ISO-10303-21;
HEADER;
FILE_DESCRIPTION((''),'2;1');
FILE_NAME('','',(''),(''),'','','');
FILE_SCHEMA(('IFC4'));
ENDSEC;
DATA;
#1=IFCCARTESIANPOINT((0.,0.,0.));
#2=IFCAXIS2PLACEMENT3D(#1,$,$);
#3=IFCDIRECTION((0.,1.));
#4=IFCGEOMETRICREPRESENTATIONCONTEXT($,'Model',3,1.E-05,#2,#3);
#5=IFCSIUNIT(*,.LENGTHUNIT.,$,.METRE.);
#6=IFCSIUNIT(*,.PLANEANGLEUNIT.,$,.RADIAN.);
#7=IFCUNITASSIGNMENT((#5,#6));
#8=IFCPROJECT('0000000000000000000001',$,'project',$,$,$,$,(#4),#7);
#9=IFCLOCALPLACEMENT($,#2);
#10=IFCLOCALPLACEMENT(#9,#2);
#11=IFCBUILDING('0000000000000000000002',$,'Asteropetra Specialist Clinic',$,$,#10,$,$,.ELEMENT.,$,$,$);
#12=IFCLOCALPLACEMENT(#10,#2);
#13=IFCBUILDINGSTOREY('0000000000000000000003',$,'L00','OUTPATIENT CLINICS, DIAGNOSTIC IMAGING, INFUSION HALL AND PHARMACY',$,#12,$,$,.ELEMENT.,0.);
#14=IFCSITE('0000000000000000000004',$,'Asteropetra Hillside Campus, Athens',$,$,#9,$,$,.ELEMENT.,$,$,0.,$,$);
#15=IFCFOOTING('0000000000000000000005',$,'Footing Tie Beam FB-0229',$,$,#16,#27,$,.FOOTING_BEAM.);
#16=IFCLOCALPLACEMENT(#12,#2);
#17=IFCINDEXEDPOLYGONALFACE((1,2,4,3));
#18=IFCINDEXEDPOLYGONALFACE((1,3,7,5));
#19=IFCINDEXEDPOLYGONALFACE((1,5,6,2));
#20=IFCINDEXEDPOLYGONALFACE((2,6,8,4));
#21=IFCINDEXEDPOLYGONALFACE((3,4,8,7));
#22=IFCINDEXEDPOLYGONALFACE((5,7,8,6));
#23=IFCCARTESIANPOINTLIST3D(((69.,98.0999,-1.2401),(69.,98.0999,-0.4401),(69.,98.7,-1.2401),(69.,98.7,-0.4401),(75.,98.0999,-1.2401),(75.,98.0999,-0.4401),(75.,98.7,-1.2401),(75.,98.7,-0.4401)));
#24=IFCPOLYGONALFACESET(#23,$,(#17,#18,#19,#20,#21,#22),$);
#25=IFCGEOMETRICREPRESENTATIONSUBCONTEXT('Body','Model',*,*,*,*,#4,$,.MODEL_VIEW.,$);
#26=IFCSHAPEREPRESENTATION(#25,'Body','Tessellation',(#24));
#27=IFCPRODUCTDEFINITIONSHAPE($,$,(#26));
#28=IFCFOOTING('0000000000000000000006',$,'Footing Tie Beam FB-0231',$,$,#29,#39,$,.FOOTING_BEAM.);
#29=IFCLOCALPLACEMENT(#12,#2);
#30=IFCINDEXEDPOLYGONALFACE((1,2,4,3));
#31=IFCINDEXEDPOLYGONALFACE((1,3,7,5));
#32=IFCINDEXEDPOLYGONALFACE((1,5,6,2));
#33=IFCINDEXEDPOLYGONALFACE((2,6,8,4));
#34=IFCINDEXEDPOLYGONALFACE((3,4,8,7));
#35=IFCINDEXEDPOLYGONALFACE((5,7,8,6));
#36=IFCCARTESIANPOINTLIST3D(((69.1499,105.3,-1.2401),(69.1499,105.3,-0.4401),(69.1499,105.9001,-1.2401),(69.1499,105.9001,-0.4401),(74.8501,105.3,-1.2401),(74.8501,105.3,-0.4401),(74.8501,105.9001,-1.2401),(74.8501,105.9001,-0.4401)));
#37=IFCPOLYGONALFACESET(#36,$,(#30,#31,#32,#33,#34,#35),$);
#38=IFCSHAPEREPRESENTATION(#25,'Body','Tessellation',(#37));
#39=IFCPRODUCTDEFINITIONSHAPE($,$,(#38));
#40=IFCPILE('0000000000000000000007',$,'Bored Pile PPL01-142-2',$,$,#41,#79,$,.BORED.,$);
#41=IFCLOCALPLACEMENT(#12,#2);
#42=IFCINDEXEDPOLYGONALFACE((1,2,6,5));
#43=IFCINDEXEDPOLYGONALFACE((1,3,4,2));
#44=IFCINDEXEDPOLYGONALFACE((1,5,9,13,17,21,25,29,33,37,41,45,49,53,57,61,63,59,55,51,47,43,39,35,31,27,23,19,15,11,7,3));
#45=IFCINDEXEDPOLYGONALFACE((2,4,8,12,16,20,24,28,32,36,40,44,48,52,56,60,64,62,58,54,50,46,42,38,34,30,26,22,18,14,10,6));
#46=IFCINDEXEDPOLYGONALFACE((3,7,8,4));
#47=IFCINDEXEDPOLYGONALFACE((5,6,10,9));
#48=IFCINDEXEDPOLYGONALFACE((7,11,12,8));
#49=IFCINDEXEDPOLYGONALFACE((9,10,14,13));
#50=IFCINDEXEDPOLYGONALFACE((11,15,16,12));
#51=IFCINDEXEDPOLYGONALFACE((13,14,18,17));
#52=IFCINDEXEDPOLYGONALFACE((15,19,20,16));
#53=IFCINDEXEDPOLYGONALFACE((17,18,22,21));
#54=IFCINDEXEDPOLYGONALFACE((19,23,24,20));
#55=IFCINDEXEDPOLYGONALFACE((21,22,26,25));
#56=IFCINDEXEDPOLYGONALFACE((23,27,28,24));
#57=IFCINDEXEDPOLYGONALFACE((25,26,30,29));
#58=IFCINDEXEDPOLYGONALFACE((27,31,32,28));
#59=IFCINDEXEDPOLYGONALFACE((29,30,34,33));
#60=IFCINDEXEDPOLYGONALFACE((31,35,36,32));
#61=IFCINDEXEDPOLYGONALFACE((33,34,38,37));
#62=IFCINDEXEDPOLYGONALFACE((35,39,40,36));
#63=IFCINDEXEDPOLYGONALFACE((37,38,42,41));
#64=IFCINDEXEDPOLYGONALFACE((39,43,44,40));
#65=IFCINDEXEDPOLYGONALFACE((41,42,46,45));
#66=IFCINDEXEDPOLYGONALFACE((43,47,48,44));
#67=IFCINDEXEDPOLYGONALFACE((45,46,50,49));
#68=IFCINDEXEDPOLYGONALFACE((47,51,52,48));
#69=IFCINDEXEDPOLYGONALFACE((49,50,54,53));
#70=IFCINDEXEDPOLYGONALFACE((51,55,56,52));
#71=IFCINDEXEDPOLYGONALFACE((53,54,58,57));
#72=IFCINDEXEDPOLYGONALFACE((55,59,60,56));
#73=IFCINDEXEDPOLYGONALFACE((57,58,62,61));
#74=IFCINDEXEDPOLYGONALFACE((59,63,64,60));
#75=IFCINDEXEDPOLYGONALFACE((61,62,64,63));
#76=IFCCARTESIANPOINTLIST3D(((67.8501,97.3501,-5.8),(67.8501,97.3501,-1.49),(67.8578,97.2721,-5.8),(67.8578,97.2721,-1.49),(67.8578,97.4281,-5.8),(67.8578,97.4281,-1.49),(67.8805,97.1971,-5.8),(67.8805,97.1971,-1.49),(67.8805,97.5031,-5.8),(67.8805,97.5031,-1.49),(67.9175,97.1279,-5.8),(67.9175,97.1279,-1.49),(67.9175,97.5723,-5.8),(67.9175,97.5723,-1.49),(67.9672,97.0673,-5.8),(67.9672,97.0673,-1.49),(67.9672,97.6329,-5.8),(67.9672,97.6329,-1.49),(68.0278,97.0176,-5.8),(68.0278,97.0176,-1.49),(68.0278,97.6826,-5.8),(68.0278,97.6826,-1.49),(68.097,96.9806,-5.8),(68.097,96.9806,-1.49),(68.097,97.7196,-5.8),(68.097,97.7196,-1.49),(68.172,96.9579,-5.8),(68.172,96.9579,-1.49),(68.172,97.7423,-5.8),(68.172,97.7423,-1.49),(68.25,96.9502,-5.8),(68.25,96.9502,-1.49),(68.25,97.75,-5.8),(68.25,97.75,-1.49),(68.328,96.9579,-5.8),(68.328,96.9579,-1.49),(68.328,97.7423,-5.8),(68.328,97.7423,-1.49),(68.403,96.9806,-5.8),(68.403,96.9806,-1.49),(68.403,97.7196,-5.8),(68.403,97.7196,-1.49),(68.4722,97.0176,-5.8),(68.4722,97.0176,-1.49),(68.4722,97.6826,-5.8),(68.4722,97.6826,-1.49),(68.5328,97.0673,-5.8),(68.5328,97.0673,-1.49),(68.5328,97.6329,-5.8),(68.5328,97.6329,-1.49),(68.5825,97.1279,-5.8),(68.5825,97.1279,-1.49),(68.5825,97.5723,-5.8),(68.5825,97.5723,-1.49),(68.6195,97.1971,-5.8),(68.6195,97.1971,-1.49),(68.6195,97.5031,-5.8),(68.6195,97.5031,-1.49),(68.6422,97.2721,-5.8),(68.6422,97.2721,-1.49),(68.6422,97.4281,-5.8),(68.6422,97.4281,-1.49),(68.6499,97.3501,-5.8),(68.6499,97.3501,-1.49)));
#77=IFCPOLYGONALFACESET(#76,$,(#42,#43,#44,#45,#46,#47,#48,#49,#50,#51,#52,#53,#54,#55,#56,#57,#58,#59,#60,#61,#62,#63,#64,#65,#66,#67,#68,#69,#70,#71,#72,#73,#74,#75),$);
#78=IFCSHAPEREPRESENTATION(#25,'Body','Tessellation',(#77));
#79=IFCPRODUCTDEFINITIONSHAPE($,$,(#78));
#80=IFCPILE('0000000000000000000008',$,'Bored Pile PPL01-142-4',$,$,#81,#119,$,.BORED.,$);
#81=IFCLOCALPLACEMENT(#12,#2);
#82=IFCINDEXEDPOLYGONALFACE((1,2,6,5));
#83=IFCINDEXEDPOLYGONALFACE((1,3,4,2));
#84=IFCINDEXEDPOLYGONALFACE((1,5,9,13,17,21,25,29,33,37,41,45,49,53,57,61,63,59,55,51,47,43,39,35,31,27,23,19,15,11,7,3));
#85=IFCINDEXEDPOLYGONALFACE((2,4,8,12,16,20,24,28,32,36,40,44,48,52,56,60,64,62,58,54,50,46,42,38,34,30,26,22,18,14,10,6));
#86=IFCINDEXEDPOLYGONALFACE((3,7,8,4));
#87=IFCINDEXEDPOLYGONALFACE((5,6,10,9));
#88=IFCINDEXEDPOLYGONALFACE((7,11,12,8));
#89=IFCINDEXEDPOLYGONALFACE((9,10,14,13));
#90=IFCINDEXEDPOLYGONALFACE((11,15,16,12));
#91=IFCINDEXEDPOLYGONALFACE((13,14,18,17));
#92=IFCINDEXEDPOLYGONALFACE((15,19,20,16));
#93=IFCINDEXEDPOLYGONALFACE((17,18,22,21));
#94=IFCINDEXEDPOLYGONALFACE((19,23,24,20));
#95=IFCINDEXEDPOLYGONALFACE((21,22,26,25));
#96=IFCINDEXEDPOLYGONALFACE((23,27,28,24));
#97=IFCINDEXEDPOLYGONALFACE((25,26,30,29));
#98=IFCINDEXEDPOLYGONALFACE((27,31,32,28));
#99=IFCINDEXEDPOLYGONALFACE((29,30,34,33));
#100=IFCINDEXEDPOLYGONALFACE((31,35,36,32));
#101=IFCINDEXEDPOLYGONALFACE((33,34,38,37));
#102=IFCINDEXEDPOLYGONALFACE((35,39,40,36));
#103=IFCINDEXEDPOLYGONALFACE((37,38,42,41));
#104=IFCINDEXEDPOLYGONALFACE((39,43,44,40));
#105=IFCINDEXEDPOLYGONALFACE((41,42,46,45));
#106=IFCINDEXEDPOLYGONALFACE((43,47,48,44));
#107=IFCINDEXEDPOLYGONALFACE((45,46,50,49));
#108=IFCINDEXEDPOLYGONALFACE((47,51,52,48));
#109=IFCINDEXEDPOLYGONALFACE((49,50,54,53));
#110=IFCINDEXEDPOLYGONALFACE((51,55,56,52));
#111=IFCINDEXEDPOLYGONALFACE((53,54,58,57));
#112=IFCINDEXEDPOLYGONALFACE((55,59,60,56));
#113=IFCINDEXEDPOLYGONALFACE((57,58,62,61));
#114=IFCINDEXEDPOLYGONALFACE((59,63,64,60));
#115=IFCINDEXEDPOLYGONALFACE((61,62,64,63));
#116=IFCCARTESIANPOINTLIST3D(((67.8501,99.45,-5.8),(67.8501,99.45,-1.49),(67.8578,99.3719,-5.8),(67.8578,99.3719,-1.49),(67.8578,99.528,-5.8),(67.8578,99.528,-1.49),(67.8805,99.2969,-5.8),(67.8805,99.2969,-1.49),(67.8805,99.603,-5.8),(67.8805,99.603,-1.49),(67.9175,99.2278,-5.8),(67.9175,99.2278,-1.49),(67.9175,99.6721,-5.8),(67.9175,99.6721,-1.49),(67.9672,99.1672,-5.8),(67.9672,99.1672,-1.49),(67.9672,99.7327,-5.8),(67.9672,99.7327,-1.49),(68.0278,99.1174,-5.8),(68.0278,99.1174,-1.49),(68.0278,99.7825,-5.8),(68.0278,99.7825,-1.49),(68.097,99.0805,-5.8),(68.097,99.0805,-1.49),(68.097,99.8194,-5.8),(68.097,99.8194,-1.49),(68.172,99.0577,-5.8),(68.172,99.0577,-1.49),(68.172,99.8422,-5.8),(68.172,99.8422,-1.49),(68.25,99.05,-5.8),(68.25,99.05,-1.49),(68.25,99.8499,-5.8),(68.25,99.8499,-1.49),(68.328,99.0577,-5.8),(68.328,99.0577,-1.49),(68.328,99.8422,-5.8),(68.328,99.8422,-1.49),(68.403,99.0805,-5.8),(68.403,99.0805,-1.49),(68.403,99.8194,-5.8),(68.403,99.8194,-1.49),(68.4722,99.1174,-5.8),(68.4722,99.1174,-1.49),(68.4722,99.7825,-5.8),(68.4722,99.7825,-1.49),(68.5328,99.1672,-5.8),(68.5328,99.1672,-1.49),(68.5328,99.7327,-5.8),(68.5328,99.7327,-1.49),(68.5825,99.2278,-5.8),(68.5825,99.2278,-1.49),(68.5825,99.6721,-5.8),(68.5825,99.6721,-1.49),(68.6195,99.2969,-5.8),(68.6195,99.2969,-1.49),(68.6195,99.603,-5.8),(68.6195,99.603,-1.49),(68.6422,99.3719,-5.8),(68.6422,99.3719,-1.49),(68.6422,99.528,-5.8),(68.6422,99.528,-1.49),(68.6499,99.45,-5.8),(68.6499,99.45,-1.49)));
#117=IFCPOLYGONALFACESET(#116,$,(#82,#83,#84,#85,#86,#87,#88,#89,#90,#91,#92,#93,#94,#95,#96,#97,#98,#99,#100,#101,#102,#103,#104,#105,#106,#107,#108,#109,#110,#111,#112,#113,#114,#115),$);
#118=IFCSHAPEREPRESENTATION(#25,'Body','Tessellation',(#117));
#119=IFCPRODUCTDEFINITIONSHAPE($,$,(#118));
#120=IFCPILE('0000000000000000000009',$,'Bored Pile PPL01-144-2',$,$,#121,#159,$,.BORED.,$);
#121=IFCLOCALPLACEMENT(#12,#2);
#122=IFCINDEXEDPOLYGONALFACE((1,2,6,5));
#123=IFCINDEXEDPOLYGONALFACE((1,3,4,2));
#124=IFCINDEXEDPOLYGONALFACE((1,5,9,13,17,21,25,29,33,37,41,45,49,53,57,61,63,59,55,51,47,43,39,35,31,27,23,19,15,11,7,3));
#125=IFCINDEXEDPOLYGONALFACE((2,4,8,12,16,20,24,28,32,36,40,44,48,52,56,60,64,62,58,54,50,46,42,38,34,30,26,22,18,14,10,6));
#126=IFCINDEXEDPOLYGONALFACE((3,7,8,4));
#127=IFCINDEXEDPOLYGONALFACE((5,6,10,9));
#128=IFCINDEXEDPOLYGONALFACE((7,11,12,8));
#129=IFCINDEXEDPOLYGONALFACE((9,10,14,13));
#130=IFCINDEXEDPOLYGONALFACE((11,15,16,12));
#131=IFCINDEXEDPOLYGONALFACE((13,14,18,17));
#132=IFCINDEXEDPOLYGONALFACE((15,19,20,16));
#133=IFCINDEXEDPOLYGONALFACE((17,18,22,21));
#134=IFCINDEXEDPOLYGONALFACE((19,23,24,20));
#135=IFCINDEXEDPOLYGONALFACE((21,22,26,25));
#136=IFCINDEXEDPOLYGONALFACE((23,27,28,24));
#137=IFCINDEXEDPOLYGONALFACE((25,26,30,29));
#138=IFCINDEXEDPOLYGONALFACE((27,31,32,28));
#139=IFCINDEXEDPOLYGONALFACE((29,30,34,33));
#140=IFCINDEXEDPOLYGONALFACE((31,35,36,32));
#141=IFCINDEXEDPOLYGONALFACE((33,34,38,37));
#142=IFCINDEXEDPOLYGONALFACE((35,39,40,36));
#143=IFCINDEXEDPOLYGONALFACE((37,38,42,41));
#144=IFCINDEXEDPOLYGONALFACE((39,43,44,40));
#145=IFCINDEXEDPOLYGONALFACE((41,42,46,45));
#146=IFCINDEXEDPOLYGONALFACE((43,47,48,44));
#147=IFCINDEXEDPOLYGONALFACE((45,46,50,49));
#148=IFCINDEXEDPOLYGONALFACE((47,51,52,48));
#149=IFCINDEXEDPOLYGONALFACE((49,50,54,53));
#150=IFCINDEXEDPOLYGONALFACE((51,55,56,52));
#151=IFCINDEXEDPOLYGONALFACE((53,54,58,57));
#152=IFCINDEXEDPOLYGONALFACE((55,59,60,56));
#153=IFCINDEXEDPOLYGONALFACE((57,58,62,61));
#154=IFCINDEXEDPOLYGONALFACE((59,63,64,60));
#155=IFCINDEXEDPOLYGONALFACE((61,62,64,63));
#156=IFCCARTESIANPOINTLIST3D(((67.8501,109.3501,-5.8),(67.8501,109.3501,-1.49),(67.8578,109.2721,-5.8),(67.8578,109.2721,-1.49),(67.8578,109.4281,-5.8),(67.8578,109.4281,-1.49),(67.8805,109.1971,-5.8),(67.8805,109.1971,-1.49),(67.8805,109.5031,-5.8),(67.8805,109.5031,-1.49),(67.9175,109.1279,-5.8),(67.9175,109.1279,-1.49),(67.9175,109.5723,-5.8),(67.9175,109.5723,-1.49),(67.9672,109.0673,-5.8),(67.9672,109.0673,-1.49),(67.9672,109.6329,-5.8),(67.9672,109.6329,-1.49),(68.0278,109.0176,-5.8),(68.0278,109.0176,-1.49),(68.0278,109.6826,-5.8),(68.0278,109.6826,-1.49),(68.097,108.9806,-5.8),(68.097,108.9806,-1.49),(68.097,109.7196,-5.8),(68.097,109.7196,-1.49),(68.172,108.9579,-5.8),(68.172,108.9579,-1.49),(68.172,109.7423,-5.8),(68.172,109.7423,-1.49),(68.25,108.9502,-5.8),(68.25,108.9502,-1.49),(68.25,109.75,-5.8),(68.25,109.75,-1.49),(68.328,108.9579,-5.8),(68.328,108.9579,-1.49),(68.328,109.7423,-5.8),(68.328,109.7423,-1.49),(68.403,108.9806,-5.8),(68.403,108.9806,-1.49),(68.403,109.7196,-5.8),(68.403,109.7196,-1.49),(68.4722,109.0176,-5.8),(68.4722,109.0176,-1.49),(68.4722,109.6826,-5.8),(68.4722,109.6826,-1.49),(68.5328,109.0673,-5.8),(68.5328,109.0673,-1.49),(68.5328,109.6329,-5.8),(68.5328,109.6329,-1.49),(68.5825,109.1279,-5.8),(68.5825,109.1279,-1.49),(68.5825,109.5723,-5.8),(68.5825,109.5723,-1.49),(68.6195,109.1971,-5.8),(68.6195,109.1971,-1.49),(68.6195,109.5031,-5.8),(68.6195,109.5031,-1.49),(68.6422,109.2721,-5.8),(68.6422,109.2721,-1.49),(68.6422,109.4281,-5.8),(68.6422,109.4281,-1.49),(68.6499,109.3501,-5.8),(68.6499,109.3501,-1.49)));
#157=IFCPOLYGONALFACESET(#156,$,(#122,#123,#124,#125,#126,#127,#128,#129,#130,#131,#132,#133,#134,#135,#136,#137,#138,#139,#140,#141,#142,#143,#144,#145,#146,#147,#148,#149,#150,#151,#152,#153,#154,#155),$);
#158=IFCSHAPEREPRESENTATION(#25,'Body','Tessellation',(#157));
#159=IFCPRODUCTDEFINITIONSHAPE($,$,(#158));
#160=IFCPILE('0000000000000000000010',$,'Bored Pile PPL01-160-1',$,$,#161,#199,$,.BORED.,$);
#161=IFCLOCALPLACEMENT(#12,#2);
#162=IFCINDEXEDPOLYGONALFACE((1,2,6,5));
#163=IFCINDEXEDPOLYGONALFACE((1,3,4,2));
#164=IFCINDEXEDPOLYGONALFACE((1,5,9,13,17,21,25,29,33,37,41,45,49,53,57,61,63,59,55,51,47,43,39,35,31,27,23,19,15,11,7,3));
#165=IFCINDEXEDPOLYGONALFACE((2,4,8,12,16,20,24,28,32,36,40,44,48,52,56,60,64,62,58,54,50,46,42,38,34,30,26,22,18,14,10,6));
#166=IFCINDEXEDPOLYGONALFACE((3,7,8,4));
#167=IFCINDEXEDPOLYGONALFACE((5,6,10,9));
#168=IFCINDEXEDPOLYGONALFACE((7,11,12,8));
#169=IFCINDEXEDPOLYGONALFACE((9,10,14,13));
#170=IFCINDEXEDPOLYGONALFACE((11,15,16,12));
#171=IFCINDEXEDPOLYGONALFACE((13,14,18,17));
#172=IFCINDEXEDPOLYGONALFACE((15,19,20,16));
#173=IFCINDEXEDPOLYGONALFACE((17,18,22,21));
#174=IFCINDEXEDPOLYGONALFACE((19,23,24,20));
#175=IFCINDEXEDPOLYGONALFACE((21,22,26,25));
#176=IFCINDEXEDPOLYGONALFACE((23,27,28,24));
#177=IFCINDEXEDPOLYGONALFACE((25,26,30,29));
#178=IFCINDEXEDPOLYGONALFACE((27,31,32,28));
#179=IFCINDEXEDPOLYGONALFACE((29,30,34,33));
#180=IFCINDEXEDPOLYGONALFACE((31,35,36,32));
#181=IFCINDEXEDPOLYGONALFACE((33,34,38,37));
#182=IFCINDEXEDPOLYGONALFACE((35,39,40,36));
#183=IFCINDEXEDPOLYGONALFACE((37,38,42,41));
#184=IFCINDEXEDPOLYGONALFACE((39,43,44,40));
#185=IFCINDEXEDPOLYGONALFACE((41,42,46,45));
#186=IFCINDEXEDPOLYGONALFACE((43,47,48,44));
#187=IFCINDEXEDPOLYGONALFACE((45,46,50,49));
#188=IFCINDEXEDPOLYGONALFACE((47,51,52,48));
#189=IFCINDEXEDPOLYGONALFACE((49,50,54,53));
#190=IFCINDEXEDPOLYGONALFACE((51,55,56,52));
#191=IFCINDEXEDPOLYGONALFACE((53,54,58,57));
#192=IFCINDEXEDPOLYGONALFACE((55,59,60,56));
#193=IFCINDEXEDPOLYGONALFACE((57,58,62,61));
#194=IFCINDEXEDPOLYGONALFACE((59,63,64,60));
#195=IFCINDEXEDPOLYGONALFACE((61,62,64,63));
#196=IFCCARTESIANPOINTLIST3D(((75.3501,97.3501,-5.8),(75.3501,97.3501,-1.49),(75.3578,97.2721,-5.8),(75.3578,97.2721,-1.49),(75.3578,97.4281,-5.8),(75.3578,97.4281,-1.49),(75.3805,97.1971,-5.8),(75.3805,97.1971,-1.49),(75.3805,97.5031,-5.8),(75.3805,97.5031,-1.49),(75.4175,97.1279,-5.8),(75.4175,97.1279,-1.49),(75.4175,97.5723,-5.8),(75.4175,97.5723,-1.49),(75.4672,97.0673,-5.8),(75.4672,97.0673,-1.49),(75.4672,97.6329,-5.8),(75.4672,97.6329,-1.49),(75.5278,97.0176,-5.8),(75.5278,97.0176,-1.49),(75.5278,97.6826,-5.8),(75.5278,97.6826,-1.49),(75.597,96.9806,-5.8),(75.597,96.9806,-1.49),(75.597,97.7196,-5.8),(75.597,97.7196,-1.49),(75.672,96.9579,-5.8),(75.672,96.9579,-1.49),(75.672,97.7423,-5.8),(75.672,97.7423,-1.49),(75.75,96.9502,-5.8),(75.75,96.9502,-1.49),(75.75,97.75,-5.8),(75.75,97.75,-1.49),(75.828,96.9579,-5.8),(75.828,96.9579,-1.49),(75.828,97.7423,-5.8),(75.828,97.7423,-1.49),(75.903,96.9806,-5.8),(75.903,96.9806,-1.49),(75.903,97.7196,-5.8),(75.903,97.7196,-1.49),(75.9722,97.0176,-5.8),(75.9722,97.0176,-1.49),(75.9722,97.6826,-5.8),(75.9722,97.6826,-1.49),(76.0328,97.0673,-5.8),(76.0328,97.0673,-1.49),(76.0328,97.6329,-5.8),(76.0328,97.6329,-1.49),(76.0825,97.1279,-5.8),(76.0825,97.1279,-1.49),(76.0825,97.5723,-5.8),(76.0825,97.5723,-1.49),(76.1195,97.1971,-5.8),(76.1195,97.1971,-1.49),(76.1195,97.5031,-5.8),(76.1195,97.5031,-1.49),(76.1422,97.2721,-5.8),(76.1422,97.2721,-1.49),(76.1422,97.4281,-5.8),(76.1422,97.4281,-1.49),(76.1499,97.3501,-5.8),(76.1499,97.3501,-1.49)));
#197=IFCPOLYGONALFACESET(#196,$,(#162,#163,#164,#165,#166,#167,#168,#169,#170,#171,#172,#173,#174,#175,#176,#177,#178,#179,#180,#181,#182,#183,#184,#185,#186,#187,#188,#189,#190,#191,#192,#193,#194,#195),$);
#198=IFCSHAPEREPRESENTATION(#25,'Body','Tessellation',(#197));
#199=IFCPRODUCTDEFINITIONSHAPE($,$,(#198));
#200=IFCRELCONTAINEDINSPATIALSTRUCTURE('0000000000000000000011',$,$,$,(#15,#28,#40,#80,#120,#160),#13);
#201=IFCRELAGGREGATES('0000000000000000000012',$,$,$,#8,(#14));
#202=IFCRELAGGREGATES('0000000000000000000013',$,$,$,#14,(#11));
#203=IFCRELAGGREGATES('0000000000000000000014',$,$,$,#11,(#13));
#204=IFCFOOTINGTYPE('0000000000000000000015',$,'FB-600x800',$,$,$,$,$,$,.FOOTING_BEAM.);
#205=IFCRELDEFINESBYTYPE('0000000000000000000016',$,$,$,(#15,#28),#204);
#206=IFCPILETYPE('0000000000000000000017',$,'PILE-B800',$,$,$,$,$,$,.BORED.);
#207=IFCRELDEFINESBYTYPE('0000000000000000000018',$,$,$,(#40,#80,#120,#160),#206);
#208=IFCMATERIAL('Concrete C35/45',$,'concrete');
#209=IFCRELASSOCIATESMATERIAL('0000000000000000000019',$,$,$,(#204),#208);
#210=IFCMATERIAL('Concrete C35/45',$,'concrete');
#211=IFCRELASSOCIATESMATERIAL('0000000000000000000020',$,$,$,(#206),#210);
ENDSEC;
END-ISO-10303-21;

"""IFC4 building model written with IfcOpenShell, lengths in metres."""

from ifc_helpers import new_model, si_unit, direction, frame, origin, origin_2d, place, context, subcontext, project, spatial, rectangle, circle, extrude, material, material_profile, profile_set, type_object, element, save


model = new_model("IFC4")

# Units and contexts
model_context = context("Model", 3, precision=1e-05, world=origin(), true_north=direction((0.0, 1.0)))
body_context = subcontext(model_context, "Body", "Model", "MODEL_VIEW")
ifc_project = project(units=[si_unit("LENGTHUNIT", "METRE"), si_unit("PLANEANGLEUNIT", "RADIAN")], contexts=[model_context])

# Site, building, storey
site_placement = place(None, origin())
site = spatial("IfcSite", under=ifc_project, at=site_placement, Name="Asteropetra Hillside Campus, Athens", CompositionType="ELEMENT", RefElevation=0.0)
building_placement = place(site_placement, origin())
building = spatial("IfcBuilding", under=site, at=building_placement, Name="Asteropetra Specialist Clinic", CompositionType="ELEMENT")
storey_placement = place(building_placement, origin())
storey = spatial("IfcBuildingStorey", under=building, at=storey_placement, Name="L00", Description="OUTPATIENT CLINICS, DIAGNOSTIC IMAGING, INFUSION HALL AND PHARMACY", CompositionType="ELEMENT", Elevation=0.0)

# Footings
ifc_material_1 = material(Name="Concrete C35/45", Category="concrete")
ifc_material_profile_1 = material_profile(ifc_material_1, rectangle(XDim=0.6001, YDim=0.8, at=origin_2d()), Name="FB 600x800")
ifc_profile_set_1 = profile_set([ifc_material_profile_1], Name="Concrete C35/45")
footing_type = type_object("IfcFootingType", Name="FB-600x800", PredefinedType="FOOTING_BEAM", material=ifc_profile_set_1)
footing_1_placement = place(storey_placement, frame((69.0, 98.3999, -0.8401), z_axis=(1.0, 0.0, 0.0), x_axis=(0.0, 1.0, 0.0)))
element("IfcFooting", 1, at=footing_1_placement, inside=storey, type_object=footing_type, Name="Footing Tie Beam FB-0229", PredefinedType="FOOTING_BEAM", context=body_context, shape_type="SweptSolid", body=[
    extrude(rectangle(XDim=0.6001, YDim=0.8, at=origin_2d()), origin(), (0.0, 0.0, 1.0), 6.0),
])
footing_2_placement = place(storey_placement, frame((69.1499, 105.6001, -0.8401), z_axis=(1.0, 0.0, 0.0), x_axis=(0.0, 1.0, 0.0)))
element("IfcFooting", 2, at=footing_2_placement, inside=storey, type_object=footing_type, Name="Footing Tie Beam FB-0231", PredefinedType="FOOTING_BEAM", context=body_context, shape_type="SweptSolid", body=[
    extrude(rectangle(XDim=0.6001, YDim=0.8, at=origin_2d()), origin(), (0.0, 0.0, 1.0), 5.7002),
])

# Piles
ifc_material_2 = material(Name="Concrete C35/45", Category="concrete")
ifc_material_profile_2 = material_profile(ifc_material_2, circle(Radius=0.3999, at=origin_2d()), Name="PILE D800")
ifc_profile_set_2 = profile_set([ifc_material_profile_2], Name="Concrete C35/45")
pile_type_1 = type_object("IfcPileType", Name="PILE-B800", PredefinedType="BORED", material=ifc_profile_set_2)
for number, where, z_axis, x_axis, name in (
    (3, (68.25, 97.3501, -1.49), (0.0, 0.0, -1.0), (1.0, 0.0, 0.0), "Bored Pile PPL01-142-2"),
    (4, (68.25, 99.45, -1.49), (0.0, 0.0, -1.0), (1.0, 0.0, 0.0), "Bored Pile PPL01-142-4"),
    (5, (68.25, 109.3501, -1.49), (0.0, 0.0, -1.0), (1.0, 0.0, 0.0), "Bored Pile PPL01-144-2"),
    (6, (75.75, 97.3501, -1.49), (0.0, 0.0, -1.0), (1.0, 0.0, 0.0), "Bored Pile PPL01-160-1"),
):
    element("IfcPile", number, at=place(storey_placement, frame(where, z_axis=z_axis, x_axis=x_axis)), inside=storey, type_object=pile_type_1, Name=name, PredefinedType="BORED", context=body_context, shape_type="SweptSolid", body=[
        extrude(circle(Radius=0.3999, at=origin_2d()), origin(), (0.0, 0.0, 1.0), 4.3101),
    ])

save(model, "model.ifc")
